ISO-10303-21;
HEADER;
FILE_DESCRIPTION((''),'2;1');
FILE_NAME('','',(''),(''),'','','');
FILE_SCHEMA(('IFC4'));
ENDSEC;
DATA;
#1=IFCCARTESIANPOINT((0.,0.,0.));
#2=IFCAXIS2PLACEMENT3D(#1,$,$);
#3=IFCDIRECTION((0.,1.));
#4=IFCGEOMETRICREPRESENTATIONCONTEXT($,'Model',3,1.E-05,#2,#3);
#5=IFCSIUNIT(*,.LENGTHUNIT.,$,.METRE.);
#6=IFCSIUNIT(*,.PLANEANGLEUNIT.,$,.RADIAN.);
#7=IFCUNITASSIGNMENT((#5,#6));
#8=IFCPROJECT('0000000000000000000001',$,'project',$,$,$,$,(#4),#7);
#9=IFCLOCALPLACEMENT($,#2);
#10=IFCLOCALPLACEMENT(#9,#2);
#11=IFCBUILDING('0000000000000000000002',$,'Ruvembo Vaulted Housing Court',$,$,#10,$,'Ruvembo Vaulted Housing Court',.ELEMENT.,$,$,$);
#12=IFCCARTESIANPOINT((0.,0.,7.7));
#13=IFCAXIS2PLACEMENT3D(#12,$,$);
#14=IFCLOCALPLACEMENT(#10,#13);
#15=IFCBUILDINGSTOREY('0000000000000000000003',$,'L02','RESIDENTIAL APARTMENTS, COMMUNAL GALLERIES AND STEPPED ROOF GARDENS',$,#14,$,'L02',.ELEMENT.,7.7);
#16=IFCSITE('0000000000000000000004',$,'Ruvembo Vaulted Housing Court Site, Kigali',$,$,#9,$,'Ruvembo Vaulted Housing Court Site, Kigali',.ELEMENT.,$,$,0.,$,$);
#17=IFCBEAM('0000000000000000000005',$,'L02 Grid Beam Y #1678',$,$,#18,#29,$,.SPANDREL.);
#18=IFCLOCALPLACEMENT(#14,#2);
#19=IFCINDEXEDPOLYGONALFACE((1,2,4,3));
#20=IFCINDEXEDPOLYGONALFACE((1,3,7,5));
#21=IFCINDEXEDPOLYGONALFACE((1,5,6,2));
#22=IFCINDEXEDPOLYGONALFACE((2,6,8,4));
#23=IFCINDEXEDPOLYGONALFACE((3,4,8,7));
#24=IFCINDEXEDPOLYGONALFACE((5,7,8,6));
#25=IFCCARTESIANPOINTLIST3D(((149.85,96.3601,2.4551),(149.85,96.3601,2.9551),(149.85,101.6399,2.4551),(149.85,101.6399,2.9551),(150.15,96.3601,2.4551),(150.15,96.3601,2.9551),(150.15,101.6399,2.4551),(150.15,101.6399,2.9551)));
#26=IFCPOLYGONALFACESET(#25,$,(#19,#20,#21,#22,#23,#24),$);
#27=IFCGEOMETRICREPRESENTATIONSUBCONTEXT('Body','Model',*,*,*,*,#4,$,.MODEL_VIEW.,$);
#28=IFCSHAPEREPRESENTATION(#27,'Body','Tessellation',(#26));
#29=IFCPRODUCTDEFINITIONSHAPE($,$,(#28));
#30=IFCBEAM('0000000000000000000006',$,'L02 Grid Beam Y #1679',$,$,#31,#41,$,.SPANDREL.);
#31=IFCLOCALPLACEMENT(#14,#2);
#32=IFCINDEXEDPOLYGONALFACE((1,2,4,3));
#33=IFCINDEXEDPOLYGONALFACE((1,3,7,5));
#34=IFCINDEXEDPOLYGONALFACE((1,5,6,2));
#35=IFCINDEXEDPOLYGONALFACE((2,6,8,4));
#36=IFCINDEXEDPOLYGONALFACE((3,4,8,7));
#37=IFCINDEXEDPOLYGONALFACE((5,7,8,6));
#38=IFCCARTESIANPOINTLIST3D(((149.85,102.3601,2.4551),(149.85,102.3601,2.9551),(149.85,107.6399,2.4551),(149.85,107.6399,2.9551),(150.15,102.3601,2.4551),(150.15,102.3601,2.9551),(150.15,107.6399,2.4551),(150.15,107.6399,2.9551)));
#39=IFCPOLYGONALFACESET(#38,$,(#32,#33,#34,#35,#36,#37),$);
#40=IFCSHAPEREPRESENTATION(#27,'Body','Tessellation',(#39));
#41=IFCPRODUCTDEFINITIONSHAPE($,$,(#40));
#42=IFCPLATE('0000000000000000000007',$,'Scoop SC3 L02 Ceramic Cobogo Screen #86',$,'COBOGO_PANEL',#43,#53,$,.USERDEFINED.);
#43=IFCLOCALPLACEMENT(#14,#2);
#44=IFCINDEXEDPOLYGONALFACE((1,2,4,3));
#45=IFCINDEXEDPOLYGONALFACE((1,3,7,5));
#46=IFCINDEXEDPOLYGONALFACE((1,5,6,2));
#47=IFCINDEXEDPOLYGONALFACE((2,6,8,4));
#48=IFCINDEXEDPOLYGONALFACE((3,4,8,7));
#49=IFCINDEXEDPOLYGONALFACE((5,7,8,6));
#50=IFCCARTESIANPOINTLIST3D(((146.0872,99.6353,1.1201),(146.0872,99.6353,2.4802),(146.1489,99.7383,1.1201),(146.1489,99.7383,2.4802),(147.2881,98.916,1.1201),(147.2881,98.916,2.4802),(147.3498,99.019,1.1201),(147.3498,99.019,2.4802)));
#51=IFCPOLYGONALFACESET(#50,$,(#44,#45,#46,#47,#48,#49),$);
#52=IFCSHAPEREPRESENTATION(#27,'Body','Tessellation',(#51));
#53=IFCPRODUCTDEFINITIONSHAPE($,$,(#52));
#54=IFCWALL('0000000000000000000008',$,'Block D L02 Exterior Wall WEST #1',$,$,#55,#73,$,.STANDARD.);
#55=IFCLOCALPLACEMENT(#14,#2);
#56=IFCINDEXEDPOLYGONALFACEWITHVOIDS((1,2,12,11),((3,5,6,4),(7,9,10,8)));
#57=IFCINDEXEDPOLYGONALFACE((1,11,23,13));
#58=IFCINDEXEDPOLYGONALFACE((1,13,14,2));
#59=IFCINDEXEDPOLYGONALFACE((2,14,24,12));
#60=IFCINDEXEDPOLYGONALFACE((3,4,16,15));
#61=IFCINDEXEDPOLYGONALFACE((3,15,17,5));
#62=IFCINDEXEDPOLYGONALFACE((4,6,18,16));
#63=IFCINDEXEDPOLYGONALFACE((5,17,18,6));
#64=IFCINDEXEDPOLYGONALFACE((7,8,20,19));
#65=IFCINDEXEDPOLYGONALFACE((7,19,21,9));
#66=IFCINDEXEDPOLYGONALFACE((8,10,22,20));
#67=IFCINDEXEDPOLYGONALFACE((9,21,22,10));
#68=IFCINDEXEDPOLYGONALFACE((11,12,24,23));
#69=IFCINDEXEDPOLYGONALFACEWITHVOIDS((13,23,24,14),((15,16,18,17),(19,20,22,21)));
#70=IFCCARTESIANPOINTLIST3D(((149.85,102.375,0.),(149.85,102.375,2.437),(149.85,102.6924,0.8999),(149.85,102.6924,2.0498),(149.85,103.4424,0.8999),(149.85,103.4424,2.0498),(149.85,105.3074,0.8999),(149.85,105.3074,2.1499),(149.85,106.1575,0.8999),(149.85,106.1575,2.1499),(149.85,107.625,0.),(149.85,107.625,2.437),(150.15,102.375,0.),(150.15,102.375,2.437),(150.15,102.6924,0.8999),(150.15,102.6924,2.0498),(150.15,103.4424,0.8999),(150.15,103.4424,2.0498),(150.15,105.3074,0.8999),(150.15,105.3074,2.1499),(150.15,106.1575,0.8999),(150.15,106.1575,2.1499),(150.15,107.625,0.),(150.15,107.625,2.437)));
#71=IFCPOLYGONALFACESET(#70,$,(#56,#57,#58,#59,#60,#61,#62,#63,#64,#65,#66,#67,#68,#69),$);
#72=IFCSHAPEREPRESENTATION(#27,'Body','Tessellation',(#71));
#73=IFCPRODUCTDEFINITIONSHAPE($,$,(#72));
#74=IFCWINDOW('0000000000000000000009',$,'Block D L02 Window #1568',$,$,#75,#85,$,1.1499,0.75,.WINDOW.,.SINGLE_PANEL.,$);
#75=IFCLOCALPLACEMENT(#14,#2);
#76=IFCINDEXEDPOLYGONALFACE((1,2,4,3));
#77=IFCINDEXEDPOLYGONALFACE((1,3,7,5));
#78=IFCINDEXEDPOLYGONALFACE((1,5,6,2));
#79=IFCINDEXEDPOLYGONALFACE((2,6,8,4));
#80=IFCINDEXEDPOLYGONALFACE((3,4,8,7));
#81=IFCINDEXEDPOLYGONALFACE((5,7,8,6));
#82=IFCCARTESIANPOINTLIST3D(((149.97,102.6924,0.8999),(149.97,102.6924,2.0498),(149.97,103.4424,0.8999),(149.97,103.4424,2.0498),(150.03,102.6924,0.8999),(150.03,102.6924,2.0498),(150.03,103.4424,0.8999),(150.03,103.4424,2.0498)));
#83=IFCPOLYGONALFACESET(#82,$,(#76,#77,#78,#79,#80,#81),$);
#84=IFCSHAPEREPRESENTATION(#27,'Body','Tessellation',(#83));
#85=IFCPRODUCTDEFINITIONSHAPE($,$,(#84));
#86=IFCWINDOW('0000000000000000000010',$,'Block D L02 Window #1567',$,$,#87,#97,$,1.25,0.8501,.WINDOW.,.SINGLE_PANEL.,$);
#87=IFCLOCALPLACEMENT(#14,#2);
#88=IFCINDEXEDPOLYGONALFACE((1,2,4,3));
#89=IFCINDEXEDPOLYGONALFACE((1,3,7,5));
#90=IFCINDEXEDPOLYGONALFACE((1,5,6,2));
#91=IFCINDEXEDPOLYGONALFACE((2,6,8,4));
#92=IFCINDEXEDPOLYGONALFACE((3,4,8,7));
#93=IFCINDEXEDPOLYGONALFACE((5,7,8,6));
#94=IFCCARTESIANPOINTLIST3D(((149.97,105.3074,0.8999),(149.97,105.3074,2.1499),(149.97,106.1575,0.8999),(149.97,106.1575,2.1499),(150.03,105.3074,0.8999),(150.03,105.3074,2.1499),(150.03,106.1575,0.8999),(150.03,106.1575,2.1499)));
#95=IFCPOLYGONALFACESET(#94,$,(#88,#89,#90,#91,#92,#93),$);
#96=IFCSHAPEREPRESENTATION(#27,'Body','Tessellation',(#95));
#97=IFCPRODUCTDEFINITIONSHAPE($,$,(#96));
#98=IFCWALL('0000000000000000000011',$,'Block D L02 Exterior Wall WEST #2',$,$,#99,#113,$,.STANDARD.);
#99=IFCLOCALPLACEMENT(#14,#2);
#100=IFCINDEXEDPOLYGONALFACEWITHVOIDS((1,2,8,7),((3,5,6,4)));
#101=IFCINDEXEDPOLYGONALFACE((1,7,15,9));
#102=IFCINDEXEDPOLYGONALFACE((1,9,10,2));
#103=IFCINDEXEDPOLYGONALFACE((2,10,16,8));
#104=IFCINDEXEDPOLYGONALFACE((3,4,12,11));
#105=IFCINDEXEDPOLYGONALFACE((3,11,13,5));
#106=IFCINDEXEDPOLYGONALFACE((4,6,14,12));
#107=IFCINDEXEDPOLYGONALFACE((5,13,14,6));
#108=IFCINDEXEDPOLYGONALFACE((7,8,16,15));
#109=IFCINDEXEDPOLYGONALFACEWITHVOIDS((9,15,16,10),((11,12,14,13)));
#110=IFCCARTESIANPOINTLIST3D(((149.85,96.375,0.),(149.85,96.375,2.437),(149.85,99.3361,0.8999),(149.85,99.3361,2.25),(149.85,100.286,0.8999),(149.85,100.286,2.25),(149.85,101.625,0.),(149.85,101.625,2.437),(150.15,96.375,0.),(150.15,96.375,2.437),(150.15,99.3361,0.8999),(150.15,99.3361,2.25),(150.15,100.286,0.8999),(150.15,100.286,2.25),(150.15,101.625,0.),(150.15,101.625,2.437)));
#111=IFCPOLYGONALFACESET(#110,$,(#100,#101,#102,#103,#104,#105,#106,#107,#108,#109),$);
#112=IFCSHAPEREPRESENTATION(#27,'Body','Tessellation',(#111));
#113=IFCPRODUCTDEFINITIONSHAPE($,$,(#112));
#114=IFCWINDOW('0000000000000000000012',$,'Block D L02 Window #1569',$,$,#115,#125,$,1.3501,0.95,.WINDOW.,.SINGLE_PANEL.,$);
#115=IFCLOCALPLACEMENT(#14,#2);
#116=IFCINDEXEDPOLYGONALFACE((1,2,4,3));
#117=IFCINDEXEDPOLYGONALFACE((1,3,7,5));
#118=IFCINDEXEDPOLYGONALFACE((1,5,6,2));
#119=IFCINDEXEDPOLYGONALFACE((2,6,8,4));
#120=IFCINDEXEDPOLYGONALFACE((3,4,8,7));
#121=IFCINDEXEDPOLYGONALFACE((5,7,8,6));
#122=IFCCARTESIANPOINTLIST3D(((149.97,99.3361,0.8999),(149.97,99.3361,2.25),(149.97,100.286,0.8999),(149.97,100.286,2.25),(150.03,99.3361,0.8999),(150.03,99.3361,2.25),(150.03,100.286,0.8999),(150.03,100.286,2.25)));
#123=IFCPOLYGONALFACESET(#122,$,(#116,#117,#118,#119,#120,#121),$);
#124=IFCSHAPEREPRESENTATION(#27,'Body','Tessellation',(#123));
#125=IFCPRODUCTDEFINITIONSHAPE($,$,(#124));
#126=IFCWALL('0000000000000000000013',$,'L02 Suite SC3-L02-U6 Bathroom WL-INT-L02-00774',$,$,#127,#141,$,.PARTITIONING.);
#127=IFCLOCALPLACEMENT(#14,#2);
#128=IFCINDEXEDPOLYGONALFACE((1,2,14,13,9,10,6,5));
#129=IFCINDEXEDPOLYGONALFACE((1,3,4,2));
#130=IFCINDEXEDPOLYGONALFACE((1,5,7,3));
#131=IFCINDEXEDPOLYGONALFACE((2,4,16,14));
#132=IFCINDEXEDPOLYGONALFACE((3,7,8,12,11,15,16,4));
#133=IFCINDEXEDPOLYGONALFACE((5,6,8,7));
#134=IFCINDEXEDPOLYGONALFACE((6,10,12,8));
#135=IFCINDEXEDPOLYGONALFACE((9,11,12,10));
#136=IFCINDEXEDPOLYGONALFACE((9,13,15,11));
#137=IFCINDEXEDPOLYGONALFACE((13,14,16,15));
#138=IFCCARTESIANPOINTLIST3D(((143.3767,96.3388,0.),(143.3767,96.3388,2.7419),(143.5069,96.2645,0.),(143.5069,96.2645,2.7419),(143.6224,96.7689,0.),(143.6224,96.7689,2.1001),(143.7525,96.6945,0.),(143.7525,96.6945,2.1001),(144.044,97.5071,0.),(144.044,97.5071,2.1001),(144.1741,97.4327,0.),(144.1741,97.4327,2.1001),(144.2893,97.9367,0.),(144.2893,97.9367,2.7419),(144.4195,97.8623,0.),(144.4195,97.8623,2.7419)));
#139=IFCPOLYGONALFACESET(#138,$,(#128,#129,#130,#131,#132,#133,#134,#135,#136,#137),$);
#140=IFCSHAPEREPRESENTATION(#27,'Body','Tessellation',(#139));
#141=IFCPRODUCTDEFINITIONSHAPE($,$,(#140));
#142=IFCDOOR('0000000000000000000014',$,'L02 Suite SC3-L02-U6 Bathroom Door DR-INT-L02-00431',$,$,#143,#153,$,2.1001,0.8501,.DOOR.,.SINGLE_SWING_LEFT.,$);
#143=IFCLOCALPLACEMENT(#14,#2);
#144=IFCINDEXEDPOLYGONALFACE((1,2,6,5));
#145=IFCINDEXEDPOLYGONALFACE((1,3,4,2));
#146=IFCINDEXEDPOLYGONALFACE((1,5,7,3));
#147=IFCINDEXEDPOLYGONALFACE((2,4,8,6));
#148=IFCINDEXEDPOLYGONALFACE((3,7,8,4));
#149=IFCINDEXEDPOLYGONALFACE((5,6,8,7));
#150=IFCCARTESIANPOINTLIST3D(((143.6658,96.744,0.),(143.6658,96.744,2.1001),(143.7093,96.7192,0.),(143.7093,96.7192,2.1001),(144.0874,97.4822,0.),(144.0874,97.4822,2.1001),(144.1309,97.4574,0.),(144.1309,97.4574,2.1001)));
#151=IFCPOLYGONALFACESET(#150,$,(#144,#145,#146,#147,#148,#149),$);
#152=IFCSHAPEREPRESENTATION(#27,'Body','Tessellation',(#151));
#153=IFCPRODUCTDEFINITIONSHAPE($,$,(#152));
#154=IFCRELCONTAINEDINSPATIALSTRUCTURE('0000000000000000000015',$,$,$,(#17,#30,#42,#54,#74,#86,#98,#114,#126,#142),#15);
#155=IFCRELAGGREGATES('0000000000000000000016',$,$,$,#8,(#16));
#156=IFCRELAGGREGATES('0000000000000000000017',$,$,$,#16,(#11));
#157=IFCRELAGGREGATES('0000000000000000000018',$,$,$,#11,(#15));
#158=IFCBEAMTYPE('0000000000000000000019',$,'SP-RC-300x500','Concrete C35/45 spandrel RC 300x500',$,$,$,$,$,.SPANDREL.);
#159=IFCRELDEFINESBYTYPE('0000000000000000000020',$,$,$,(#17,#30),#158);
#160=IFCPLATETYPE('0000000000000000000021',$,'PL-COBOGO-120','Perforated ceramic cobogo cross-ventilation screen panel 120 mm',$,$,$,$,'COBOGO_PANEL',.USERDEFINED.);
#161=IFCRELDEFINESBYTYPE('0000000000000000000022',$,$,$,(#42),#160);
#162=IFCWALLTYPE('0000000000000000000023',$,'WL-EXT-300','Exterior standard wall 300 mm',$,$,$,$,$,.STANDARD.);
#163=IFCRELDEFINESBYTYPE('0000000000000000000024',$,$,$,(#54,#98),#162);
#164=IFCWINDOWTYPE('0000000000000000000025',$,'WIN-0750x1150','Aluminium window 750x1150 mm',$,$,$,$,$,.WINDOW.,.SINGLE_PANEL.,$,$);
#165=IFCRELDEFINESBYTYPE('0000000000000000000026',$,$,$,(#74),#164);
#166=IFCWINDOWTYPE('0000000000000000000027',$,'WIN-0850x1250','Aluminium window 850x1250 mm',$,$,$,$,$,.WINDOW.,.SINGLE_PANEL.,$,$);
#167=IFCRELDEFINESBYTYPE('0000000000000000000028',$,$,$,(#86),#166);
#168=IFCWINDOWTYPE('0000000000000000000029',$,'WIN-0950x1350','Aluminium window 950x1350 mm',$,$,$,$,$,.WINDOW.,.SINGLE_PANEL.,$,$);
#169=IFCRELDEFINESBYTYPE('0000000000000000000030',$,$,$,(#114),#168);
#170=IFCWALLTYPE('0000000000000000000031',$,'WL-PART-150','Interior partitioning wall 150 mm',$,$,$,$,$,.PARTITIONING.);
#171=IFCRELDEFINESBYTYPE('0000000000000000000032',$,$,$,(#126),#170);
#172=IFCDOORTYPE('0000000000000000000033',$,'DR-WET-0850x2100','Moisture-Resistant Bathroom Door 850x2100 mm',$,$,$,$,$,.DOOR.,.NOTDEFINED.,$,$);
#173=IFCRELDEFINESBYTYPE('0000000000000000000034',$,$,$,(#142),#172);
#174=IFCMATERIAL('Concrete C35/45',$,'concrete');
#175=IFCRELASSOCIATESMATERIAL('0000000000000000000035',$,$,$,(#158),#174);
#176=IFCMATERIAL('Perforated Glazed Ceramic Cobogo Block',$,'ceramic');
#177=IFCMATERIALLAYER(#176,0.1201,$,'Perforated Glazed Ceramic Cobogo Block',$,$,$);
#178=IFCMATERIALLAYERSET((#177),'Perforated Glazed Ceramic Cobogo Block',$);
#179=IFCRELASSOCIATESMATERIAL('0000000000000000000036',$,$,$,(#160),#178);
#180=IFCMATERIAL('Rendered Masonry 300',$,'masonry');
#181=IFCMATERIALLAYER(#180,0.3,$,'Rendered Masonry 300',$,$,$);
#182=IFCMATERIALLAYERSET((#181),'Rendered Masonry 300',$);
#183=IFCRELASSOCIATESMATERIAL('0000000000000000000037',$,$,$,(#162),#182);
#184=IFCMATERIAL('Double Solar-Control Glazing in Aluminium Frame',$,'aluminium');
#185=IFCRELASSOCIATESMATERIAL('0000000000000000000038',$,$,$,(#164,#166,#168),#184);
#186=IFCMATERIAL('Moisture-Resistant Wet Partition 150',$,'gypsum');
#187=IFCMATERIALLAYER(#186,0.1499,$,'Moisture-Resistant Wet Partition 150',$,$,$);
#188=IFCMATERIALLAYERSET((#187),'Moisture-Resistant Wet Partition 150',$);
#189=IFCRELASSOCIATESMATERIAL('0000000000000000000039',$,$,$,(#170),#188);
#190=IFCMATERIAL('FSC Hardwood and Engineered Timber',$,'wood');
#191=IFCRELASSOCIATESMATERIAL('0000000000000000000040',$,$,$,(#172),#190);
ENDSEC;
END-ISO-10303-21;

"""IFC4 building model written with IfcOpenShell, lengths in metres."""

from ifc_helpers import new_model, si_unit, direction, frame, frame_2d, origin, origin_2d, place, context, subcontext, project, spatial, rectangle, extrude, material, layer, layer_set, material_profile, profile_set, type_object, element, fill, save


model = new_model("IFC4")

# Units and contexts
model_context = context("Model", 3, precision=1e-05, world=origin(), true_north=direction((0.0, 1.0)))
body_context = subcontext(model_context, "Body", "Model", "MODEL_VIEW")
ifc_project = project(units=[si_unit("LENGTHUNIT", "METRE"), si_unit("PLANEANGLEUNIT", "RADIAN")], contexts=[model_context])

# Site, building, storey
site_placement = place(None, origin())
site = spatial("IfcSite", under=ifc_project, at=site_placement, Name="Ruvembo Vaulted Housing Court Site, Kigali", LongName="Ruvembo Vaulted Housing Court Site, Kigali", CompositionType="ELEMENT", RefElevation=0.0)
building_placement = place(site_placement, origin())
building = spatial("IfcBuilding", under=site, at=building_placement, Name="Ruvembo Vaulted Housing Court", LongName="Ruvembo Vaulted Housing Court", CompositionType="ELEMENT")
storey_placement = place(building_placement, frame((0.0, 0.0, 7.7)))
storey = spatial("IfcBuildingStorey", under=building, at=storey_placement, Name="L02", Description="RESIDENTIAL APARTMENTS, COMMUNAL GALLERIES AND STEPPED ROOF GARDENS", LongName="L02", CompositionType="ELEMENT", Elevation=7.7)

# Beams
ifc_material_1 = material(Name="Concrete C35/45", Category="concrete")
ifc_material_profile_1 = material_profile(ifc_material_1, rectangle(XDim=0.3, YDim=0.5, at=origin_2d()), Name="RC 300x500")
ifc_profile_set_1 = profile_set([ifc_material_profile_1], Name="Concrete C35/45")
beam_type_1 = type_object("IfcBeamType", Name="SP-RC-300x500", Description="Concrete C35/45 spandrel RC 300x500", PredefinedType="SPANDREL", material=ifc_profile_set_1)
for number, where, z_axis, x_axis, name in (
    (1, (150.0, 96.3601, 2.7051), (0.0, 1.0, 0.0), (-1.0, 0.0, 0.0), "L02 Grid Beam Y #1678"),
    (2, (150.0, 102.3601, 2.7051), (0.0, 1.0, 0.0), (-1.0, 0.0, 0.0), "L02 Grid Beam Y #1679"),
):
    element("IfcBeam", number, at=place(storey_placement, frame(where, z_axis=z_axis, x_axis=x_axis)), inside=storey, type_object=beam_type_1, Name=name, PredefinedType="SPANDREL", context=body_context, shape_type="SweptSolid", body=[
        extrude(rectangle(XDim=0.3, YDim=0.5, at=origin_2d()), origin(), (0.0, 0.0, 1.0), 5.2798),
    ])

# Plate
ifc_material_2 = material(Name="Perforated Glazed Ceramic Cobogo Block", Category="ceramic")
ifc_layer_1 = layer(ifc_material_2, 0.1201, Name="Perforated Glazed Ceramic Cobogo Block")
ifc_layer_set_1 = layer_set([ifc_layer_1], Name="Perforated Glazed Ceramic Cobogo Block")
plate_type = type_object("IfcPlateType", Name="PL-COBOGO-120", Description="Perforated ceramic cobogo cross-ventilation screen panel 120 mm", ElementType="COBOGO_PANEL", PredefinedType="USERDEFINED", material=ifc_layer_set_1)
plate_placement = place(storey_placement, frame((146.7185, 99.3271, 1.1201), z_axis=(0.0, 0.0, 1.0), x_axis=(0.857895, -0.513826, 0.0)))
element("IfcPlate", 3, at=plate_placement, inside=storey, type_object=plate_type, Name="Scoop SC3 L02 Ceramic Cobogo Screen #86", ObjectType="COBOGO_PANEL", PredefinedType="USERDEFINED", context=body_context, shape_type="SweptSolid", body=[
    extrude(rectangle(XDim=1.3999, YDim=0.1201, at=origin_2d()), origin(), (0.0, 0.0, 1.0), 1.3601),
])

# Shared definitions
ifc_material_3 = material(Name="FSC Hardwood and Engineered Timber", Category="wood")

# Wall, openings, windows
ifc_material_4 = material(Name="Rendered Masonry 300", Category="masonry")
ifc_layer_2 = layer(ifc_material_4, 0.3, Name="Rendered Masonry 300")
ifc_layer_set_2 = layer_set([ifc_layer_2], Name="Rendered Masonry 300")
wall_type_1 = type_object("IfcWallType", Name="WL-EXT-300", Description="Exterior standard wall 300 mm", PredefinedType="STANDARD", material=ifc_layer_set_2)
wall_1_placement = place(storey_placement, frame((150.0, 107.625, 0.0), z_axis=(0.0, 0.0, 1.0), x_axis=(0.0, -1.0, 0.0)))
wall_1 = element("IfcWall", 4, at=wall_1_placement, inside=storey, type_object=wall_type_1, Name="Block D L02 Exterior Wall WEST #1", PredefinedType="STANDARD", context=body_context, shape_type="SweptSolid", body=[
    extrude(rectangle(XDim=5.25, YDim=0.3, at=frame_2d((2.625, 0.0))), origin(), (0.0, 0.0, 1.0), 2.437),
])
opening_1_placement = place(wall_1_placement, frame((1.4675, 0.0, 0.8999)))
opening_1 = element("IfcOpeningElement", 5, at=opening_1_placement, cuts=wall_1, PredefinedType="OPENING", context=body_context, shape_type="SweptSolid", body=[
    extrude(rectangle(XDim=0.8501, YDim=1.25, at=frame_2d((0.425, 0.625))), frame((0.0, 0.1599, 0.0), z_axis=(0.0, -1.0, 0.0), x_axis=(1.0, 0.0, 0.0)), (0.0, 0.0, 1.0), 0.3201),
])
opening_2_placement = place(wall_1_placement, frame((4.1826, 0.0, 0.8999)))
opening_2 = element("IfcOpeningElement", 6, at=opening_2_placement, cuts=wall_1, PredefinedType="OPENING", context=body_context, shape_type="SweptSolid", body=[
    extrude(rectangle(XDim=0.75, YDim=1.1499, at=frame_2d((0.375, 0.575))), frame((0.0, 0.1599, 0.0), z_axis=(0.0, -1.0, 0.0), x_axis=(1.0, 0.0, 0.0)), (0.0, 0.0, 1.0), 0.3201),
])
ifc_material_5 = material(Name="Double Solar-Control Glazing in Aluminium Frame", Category="aluminium")
window_type_1 = type_object("IfcWindowType", Name="WIN-0750x1150", Description="Aluminium window 750x1150 mm", PartitioningType="SINGLE_PANEL", PredefinedType="WINDOW", material=ifc_material_5)
window_1_placement = place(opening_2_placement, origin())
window_1 = element("IfcWindow", 7, at=window_1_placement, inside=storey, type_object=window_type_1, Name="Block D L02 Window #1568", OverallHeight=1.1499, OverallWidth=0.75, PartitioningType="SINGLE_PANEL", PredefinedType="WINDOW", context=body_context, shape_type="SweptSolid", body=[
    extrude(rectangle(XDim=0.75, YDim=1.1499, at=frame_2d((0.375, 0.575))), frame((0.0, 0.03, 0.0), z_axis=(0.0, -1.0, 0.0), x_axis=(1.0, 0.0, 0.0)), (0.0, 0.0, 1.0), 0.0601),
])
fill(opening_2, window_1)
window_type_2 = type_object("IfcWindowType", Name="WIN-0850x1250", Description="Aluminium window 850x1250 mm", PartitioningType="SINGLE_PANEL", PredefinedType="WINDOW", material=ifc_material_5)
window_2_placement = place(opening_1_placement, origin())
window_2 = element("IfcWindow", 8, at=window_2_placement, inside=storey, type_object=window_type_2, Name="Block D L02 Window #1567", OverallHeight=1.25, OverallWidth=0.8501, PartitioningType="SINGLE_PANEL", PredefinedType="WINDOW", context=body_context, shape_type="SweptSolid", body=[
    extrude(rectangle(XDim=0.8501, YDim=1.25, at=frame_2d((0.425, 0.625))), frame((0.0, 0.03, 0.0), z_axis=(0.0, -1.0, 0.0), x_axis=(1.0, 0.0, 0.0)), (0.0, 0.0, 1.0), 0.0601),
])
fill(opening_1, window_2)

# Wall, opening, window
wall_2_placement = place(storey_placement, frame((150.0, 101.625, 0.0), z_axis=(0.0, 0.0, 1.0), x_axis=(0.0, -1.0, 0.0)))
wall_2 = element("IfcWall", 9, at=wall_2_placement, inside=storey, type_object=wall_type_1, Name="Block D L02 Exterior Wall WEST #2", PredefinedType="STANDARD", context=body_context, shape_type="SweptSolid", body=[
    extrude(rectangle(XDim=5.25, YDim=0.3, at=frame_2d((2.625, 0.0))), origin(), (0.0, 0.0, 1.0), 2.437),
])
opening_3_placement = place(wall_2_placement, frame((1.3389, 0.0, 0.8999)))
opening_3 = element("IfcOpeningElement", 10, at=opening_3_placement, cuts=wall_2, PredefinedType="OPENING", context=body_context, shape_type="SweptSolid", body=[
    extrude(rectangle(XDim=0.95, YDim=1.3501, at=frame_2d((0.4751, 0.675))), frame((0.0, 0.1599, 0.0), z_axis=(0.0, -1.0, 0.0), x_axis=(1.0, 0.0, 0.0)), (0.0, 0.0, 1.0), 0.3201),
])
window_type_3 = type_object("IfcWindowType", Name="WIN-0950x1350", Description="Aluminium window 950x1350 mm", PartitioningType="SINGLE_PANEL", PredefinedType="WINDOW", material=ifc_material_5)
window_3_placement = place(opening_3_placement, origin())
window_3 = element("IfcWindow", 11, at=window_3_placement, inside=storey, type_object=window_type_3, Name="Block D L02 Window #1569", OverallHeight=1.3501, OverallWidth=0.95, PartitioningType="SINGLE_PANEL", PredefinedType="WINDOW", context=body_context, shape_type="SweptSolid", body=[
    extrude(rectangle(XDim=0.95, YDim=1.3501, at=frame_2d((0.4751, 0.675))), frame((0.0, 0.03, 0.0), z_axis=(0.0, -1.0, 0.0), x_axis=(1.0, 0.0, 0.0)), (0.0, 0.0, 1.0), 0.0601),
])
fill(opening_3, window_3)

# Wall, opening, door
ifc_material_6 = material(Name="Moisture-Resistant Wet Partition 150", Category="gypsum")
ifc_layer_3 = layer(ifc_material_6, 0.1499, Name="Moisture-Resistant Wet Partition 150")
ifc_layer_set_3 = layer_set([ifc_layer_3], Name="Moisture-Resistant Wet Partition 150")
wall_type_2 = type_object("IfcWallType", Name="WL-PART-150", Description="Interior partitioning wall 150 mm", PredefinedType="PARTITIONING", material=ifc_layer_set_3)
wall_3_placement = place(storey_placement, frame((143.4419, 96.3018, 0.0), z_axis=(0.0, 0.0, 1.0), x_axis=(0.495939, 0.868357, 0.0)))
wall_3 = element("IfcWall", 12, at=wall_3_placement, inside=storey, type_object=wall_type_2, Name="L02 Suite SC3-L02-U6 Bathroom WL-INT-L02-00774", PredefinedType="PARTITIONING", context=body_context, shape_type="SweptSolid", body=[
    extrude(rectangle(XDim=1.8401, YDim=0.1499, at=frame_2d((0.9199, 0.0))), origin(), (0.0, 0.0, 1.0), 2.7419),
])
opening_4_placement = place(wall_3_placement, frame((0.4951, 0.0, 0.0)))
opening_4 = element("IfcOpeningElement", 13, at=opening_4_placement, cuts=wall_3, PredefinedType="OPENING", context=body_context, shape_type="SweptSolid", body=[
    extrude(rectangle(XDim=0.8501, YDim=2.1001, at=frame_2d((0.425, 1.05))), frame((0.0, 0.085, 0.0), z_axis=(0.0, -1.0, 0.0), x_axis=(1.0, 0.0, 0.0)), (0.0, 0.0, 1.0), 0.1699),
])
door_type_1 = type_object("IfcDoorType", Name="DR-WET-0850x2100", Description="Moisture-Resistant Bathroom Door 850x2100 mm", OperationType="NOTDEFINED", PredefinedType="DOOR", material=ifc_material_3)
door_1_placement = place(opening_4_placement, origin())
door_1 = element("IfcDoor", 14, at=door_1_placement, inside=storey, type_object=door_type_1, Name="L02 Suite SC3-L02-U6 Bathroom Door DR-INT-L02-00431", OperationType="SINGLE_SWING_LEFT", OverallHeight=2.1001, OverallWidth=0.8501, PredefinedType="DOOR", context=body_context, shape_type="SweptSolid", body=[
    extrude(rectangle(XDim=0.8501, YDim=2.1001, at=frame_2d((0.425, 1.05))), frame((0.0, 0.0249, 0.0), z_axis=(0.0, -1.0, 0.0), x_axis=(1.0, 0.0, 0.0)), (0.0, 0.0, 1.0), 0.05),
])
fill(opening_4, door_1)

save(model, "model.ifc")
